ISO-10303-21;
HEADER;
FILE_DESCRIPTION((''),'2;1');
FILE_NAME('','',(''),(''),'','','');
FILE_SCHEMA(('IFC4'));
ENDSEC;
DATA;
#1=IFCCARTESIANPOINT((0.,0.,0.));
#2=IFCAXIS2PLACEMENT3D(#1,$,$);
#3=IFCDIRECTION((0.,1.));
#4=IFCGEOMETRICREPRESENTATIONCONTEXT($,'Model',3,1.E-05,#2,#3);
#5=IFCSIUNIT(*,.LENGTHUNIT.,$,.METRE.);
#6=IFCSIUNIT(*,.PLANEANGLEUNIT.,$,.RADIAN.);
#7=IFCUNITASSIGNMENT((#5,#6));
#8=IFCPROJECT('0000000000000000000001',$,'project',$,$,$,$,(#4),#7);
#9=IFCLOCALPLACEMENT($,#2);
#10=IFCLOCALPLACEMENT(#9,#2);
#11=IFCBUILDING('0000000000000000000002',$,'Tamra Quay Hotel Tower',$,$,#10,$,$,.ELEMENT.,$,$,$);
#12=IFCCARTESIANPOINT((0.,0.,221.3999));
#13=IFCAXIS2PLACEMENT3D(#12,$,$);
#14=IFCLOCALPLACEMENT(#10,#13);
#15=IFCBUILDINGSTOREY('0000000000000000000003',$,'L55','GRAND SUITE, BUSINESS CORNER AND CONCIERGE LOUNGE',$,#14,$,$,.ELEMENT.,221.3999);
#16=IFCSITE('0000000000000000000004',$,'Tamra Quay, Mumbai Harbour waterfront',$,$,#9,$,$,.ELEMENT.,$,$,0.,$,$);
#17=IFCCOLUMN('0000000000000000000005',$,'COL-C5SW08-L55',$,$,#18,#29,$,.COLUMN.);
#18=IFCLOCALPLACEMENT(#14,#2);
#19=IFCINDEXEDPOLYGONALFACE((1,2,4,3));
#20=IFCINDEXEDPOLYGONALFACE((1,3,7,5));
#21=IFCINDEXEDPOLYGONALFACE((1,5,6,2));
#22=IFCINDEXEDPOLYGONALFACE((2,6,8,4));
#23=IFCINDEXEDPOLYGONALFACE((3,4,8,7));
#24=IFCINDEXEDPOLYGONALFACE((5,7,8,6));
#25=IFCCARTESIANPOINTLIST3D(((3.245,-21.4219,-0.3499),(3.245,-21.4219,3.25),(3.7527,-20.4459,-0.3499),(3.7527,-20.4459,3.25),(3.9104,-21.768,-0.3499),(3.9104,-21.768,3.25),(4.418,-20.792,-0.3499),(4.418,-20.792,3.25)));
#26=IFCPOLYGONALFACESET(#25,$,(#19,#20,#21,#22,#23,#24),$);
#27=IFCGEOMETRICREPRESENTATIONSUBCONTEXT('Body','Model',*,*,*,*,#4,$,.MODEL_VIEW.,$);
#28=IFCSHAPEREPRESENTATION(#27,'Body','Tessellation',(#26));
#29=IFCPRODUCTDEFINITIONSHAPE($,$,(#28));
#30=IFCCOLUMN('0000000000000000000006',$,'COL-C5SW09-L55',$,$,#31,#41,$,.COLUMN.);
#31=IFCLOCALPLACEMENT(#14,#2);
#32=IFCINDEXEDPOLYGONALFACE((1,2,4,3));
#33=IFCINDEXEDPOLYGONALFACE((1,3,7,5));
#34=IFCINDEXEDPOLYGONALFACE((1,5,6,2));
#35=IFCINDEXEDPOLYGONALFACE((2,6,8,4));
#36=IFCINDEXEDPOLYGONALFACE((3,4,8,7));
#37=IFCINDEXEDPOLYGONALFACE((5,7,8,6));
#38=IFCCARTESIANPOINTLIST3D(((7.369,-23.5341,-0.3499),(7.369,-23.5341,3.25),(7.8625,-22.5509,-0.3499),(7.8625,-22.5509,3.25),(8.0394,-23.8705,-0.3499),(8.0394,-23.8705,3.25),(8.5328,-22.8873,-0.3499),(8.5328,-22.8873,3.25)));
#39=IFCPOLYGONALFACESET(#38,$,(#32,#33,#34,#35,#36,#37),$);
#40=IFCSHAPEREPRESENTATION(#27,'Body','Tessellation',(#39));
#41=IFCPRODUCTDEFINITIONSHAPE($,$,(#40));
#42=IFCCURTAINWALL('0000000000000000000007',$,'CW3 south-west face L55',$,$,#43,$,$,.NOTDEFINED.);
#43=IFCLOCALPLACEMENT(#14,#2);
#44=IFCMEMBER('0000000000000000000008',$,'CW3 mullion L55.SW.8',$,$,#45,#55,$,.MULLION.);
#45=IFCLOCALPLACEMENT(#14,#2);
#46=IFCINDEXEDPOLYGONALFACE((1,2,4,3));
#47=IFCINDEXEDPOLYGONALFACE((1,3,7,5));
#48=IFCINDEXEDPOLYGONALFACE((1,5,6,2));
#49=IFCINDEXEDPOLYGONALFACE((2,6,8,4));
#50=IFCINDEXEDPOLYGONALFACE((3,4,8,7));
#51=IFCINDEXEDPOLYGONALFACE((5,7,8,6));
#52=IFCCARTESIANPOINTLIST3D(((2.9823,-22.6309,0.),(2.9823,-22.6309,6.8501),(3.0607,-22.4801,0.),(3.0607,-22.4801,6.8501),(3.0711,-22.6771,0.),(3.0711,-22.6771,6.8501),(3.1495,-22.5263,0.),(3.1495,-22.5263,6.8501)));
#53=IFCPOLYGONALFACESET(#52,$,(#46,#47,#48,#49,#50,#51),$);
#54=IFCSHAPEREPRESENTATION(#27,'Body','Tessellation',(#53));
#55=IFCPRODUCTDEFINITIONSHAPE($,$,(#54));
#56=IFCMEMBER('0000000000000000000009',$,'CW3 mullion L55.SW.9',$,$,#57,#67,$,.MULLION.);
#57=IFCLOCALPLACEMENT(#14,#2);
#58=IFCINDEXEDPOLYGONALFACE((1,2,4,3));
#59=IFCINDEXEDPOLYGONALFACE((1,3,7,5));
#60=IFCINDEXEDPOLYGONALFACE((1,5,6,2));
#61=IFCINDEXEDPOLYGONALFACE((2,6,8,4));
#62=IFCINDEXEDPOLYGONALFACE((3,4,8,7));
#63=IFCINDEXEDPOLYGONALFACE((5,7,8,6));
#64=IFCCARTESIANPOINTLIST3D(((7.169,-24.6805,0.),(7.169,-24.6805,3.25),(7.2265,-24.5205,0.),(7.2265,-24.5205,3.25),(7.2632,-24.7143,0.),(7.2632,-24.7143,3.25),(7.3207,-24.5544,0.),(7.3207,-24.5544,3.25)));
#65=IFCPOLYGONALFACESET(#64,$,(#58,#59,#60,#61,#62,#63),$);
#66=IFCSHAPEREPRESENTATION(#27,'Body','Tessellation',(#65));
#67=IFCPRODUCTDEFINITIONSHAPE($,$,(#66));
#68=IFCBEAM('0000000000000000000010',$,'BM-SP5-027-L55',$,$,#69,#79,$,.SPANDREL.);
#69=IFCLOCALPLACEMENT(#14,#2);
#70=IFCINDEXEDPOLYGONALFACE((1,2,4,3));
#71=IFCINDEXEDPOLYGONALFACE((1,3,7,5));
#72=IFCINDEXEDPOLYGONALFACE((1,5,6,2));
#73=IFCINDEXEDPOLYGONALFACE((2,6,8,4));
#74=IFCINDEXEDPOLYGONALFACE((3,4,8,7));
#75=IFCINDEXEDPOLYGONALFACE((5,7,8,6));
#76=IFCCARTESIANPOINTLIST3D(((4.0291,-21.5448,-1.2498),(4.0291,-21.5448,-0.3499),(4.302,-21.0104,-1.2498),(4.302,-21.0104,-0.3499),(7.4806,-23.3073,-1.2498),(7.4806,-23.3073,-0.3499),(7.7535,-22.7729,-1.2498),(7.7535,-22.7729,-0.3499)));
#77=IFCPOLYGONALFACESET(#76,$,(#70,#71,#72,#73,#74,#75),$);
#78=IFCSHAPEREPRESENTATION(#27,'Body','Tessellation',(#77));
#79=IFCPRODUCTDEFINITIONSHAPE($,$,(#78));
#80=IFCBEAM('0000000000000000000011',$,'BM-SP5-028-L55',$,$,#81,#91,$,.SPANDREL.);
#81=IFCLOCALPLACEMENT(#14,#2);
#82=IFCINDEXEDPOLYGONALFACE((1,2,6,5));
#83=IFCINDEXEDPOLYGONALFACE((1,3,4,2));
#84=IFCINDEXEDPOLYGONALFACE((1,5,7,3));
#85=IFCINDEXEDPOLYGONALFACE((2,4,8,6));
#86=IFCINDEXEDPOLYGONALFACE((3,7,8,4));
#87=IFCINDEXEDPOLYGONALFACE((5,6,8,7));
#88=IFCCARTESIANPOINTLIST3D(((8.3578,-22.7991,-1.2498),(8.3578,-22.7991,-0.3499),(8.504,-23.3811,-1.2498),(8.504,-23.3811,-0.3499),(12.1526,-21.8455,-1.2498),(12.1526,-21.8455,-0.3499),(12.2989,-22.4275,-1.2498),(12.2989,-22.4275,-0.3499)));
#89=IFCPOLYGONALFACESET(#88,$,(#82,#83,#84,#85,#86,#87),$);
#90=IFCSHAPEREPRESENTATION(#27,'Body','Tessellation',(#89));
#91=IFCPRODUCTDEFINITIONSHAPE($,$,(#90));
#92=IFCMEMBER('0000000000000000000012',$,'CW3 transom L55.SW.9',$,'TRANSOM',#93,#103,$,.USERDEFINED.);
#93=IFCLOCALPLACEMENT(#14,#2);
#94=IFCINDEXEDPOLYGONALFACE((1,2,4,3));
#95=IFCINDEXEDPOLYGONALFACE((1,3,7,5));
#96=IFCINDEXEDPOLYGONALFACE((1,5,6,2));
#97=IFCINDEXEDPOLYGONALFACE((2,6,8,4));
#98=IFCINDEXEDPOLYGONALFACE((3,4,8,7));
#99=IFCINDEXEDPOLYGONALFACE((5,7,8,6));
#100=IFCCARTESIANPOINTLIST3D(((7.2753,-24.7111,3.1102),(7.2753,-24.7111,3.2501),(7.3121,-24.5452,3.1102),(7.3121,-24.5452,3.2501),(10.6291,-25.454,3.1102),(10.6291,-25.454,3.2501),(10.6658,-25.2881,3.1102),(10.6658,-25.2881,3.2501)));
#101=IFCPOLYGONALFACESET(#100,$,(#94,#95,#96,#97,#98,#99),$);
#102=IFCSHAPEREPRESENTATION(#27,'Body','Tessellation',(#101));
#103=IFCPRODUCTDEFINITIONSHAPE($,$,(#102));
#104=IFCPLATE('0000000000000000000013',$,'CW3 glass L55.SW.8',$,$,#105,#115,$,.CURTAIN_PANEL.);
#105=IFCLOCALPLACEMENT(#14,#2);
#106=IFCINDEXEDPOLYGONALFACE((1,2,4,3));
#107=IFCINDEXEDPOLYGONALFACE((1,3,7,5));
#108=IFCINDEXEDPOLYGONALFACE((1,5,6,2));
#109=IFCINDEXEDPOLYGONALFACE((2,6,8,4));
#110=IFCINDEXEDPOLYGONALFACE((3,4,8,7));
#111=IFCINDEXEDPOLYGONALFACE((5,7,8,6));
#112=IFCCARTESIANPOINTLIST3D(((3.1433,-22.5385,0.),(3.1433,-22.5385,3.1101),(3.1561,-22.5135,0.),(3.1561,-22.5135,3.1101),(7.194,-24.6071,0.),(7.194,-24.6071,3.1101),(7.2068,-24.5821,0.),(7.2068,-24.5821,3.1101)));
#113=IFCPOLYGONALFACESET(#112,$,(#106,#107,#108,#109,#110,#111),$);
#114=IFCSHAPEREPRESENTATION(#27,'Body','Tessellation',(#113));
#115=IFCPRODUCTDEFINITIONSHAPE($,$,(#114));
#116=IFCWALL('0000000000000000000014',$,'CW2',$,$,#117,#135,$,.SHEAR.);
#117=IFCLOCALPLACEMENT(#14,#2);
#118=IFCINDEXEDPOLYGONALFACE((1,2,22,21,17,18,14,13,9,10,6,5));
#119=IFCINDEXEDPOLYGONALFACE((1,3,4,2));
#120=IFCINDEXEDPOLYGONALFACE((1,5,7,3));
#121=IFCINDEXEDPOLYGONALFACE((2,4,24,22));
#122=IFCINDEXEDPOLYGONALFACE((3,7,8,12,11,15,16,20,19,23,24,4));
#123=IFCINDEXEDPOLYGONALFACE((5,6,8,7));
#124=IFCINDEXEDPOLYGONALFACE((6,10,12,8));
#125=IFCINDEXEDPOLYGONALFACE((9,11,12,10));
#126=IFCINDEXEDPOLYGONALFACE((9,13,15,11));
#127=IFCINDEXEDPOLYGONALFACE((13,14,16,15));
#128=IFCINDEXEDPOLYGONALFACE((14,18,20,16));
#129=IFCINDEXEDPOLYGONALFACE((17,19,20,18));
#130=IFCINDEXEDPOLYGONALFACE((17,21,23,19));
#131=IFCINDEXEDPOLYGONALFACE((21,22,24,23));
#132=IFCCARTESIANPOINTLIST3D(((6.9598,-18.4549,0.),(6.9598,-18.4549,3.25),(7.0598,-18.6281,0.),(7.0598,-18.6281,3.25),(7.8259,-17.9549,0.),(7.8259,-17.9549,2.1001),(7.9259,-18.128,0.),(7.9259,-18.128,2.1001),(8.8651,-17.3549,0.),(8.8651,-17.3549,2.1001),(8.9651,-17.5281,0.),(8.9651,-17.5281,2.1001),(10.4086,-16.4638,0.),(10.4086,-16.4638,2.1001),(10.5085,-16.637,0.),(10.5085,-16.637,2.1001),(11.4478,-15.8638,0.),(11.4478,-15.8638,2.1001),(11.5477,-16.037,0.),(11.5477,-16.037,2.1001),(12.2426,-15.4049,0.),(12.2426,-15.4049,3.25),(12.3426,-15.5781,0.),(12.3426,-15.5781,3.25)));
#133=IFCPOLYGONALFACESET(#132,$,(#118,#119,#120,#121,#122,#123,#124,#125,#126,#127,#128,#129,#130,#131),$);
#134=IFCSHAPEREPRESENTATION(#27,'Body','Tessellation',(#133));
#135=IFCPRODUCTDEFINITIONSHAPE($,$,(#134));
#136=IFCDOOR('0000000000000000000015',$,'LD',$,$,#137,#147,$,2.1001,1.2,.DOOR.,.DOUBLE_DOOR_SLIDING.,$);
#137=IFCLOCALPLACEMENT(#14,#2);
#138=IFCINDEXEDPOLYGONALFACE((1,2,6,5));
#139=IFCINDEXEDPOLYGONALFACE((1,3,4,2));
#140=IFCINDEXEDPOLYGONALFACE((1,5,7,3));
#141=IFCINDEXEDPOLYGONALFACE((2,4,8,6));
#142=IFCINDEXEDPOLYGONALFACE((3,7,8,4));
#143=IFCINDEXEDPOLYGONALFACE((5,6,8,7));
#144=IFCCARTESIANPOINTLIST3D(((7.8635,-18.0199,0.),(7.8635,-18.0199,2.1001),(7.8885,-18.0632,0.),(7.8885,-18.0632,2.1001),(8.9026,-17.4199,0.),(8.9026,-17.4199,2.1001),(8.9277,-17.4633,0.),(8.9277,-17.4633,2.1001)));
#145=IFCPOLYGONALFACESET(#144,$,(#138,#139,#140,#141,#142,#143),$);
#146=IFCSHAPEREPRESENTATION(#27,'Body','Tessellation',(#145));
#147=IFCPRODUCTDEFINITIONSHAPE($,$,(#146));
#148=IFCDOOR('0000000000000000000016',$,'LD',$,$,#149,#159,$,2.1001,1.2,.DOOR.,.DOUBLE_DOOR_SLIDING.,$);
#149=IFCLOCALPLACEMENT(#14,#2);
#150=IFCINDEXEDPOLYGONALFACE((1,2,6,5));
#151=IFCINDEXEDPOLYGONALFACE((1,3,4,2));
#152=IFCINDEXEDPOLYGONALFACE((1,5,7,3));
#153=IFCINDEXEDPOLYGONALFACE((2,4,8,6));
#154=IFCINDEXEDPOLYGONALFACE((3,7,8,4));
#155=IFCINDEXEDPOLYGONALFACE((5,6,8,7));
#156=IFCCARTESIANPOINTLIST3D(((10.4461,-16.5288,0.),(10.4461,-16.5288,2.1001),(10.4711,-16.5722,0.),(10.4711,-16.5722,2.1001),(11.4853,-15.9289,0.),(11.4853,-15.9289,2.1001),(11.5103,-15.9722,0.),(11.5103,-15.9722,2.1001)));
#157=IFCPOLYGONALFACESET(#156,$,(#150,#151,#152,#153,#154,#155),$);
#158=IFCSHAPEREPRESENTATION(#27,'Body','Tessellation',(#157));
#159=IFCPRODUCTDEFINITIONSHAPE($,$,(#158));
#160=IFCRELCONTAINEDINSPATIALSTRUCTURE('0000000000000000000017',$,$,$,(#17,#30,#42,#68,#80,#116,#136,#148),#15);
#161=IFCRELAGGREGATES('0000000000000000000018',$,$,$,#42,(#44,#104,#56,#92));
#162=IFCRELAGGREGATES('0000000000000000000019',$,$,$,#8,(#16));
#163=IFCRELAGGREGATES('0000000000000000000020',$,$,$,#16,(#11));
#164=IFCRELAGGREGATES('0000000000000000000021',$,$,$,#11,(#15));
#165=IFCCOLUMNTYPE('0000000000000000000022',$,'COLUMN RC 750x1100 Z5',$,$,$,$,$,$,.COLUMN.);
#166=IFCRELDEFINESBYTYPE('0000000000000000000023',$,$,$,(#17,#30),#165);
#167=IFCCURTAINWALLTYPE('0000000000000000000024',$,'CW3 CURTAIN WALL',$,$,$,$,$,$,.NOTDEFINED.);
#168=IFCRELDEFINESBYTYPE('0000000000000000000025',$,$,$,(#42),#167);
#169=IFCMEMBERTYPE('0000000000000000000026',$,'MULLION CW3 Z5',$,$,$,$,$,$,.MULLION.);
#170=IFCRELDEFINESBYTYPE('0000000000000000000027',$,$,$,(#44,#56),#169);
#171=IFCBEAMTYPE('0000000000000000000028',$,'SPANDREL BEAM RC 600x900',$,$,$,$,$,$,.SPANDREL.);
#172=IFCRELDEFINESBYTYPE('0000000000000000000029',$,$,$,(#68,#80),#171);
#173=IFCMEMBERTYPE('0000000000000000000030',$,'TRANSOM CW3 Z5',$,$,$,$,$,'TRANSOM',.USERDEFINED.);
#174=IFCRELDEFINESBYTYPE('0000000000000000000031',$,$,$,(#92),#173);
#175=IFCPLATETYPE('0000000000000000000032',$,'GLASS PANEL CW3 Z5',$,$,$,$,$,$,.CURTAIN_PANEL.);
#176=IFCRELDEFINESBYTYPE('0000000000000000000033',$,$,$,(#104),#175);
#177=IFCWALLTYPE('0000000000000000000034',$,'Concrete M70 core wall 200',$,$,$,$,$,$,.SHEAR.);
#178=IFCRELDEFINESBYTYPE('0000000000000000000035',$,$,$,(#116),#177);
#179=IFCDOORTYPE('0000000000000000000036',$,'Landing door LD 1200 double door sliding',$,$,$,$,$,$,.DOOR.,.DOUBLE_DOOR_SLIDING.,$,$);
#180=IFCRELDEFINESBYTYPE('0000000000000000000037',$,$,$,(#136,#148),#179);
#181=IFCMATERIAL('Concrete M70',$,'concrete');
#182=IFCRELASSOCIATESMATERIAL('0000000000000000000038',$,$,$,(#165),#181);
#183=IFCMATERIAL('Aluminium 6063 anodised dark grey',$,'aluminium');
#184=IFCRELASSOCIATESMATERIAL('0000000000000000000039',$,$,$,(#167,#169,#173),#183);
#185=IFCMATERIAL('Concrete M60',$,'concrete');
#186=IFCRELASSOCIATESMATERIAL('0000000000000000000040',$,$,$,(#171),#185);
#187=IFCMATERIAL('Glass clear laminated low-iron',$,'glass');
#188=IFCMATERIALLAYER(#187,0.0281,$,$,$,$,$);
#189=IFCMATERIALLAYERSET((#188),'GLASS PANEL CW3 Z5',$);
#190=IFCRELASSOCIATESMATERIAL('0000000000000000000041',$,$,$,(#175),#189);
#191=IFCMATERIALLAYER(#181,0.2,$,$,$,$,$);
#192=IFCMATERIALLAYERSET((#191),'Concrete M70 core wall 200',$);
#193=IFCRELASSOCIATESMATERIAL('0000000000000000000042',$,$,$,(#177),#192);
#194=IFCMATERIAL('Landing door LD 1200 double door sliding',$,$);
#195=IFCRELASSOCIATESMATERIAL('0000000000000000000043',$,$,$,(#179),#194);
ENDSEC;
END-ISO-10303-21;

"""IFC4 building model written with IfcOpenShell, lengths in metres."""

from ifc_helpers import new_model, si_unit, direction, frame, frame_2d, origin, origin_2d, place, context, subcontext, project, spatial, rectangle, extrude, material, layer, layer_set, material_profile, profile_set, type_object, element, fill, aggregate, save


model = new_model("IFC4")

# Units and contexts
model_context = context("Model", 3, precision=1e-05, world=origin(), true_north=direction((0.0, 1.0)))
body_context = subcontext(model_context, "Body", "Model", "MODEL_VIEW")
ifc_project = project(units=[si_unit("LENGTHUNIT", "METRE"), si_unit("PLANEANGLEUNIT", "RADIAN")], contexts=[model_context])

# Site, building, storey
site_placement = place(None, origin())
site = spatial("IfcSite", under=ifc_project, at=site_placement, Name="Tamra Quay, Mumbai Harbour waterfront", CompositionType="ELEMENT", RefElevation=0.0)
building_placement = place(site_placement, origin())
building = spatial("IfcBuilding", under=site, at=building_placement, Name="Tamra Quay Hotel Tower", CompositionType="ELEMENT")
storey_placement = place(building_placement, frame((0.0, 0.0, 221.3999)))
storey = spatial("IfcBuildingStorey", under=building, at=storey_placement, Name="L55", Description="GRAND SUITE, BUSINESS CORNER AND CONCIERGE LOUNGE", CompositionType="ELEMENT", Elevation=221.3999)

# Columns
ifc_material_1 = material(Name="Concrete M70", Category="concrete")
ifc_material_profile_1 = material_profile(ifc_material_1, rectangle(XDim=1.1001, YDim=0.75, at=origin_2d()), Name="COLUMN RC 750x1100 Z5")
ifc_profile_set_1 = profile_set([ifc_material_profile_1], Name="Concrete M70")
column_type = type_object("IfcColumnType", Name="COLUMN RC 750x1100 Z5", PredefinedType="COLUMN", material=ifc_profile_set_1)
for number, where, z_axis, x_axis, name in (
    (1, (3.8315, -21.1069, -0.3499), (0.0, 0.0, 1.0), (0.461448, 0.887167, 0.0), "COL-C5SW08-L55"),
    (2, (7.9509, -23.2107, -0.3499), (0.0, 0.0, 1.0), (0.448553, 0.893756, 0.0), "COL-C5SW09-L55"),
):
    element("IfcColumn", number, at=place(storey_placement, frame(where, z_axis=z_axis, x_axis=x_axis)), inside=storey, type_object=column_type, Name=name, PredefinedType="COLUMN", context=body_context, shape_type="SweptSolid", body=[
        extrude(rectangle(XDim=1.1001, YDim=0.75, at=origin_2d()), origin(), (0.0, 0.0, 1.0), 3.5999),
    ])

# Curtain wall, members
ifc_material_2 = material(Name="Aluminium 6063 anodised dark grey", Category="aluminium")
curtain_wall_type = type_object("IfcCurtainWallType", Name="CW3 CURTAIN WALL", PredefinedType="NOTDEFINED", material=ifc_material_2)
curtain_wall_placement = place(storey_placement, origin())
curtain_wall = element("IfcCurtainWall", 3, at=curtain_wall_placement, inside=storey, type_object=curtain_wall_type, Name="CW3 south-west face L55", PredefinedType="NOTDEFINED")
ifc_material_profile_2 = material_profile(ifc_material_2, rectangle(XDim=0.1699, YDim=0.1001, at=origin_2d()), Name="MULLION 100X170")
ifc_profile_set_2 = profile_set([ifc_material_profile_2], Name="Aluminium 6063 anodised dark grey")
member_type_1 = type_object("IfcMemberType", Name="MULLION CW3 Z5", PredefinedType="MULLION", material=ifc_profile_set_2)
member_1_placement = place(storey_placement, frame((3.0659, -22.5786, 0.0), z_axis=(0.0, 0.0, 1.0), x_axis=(-0.461344, -0.887221, 0.0)))
member_1 = element("IfcMember", 4, at=member_1_placement, type_object=member_type_1, Name="CW3 mullion L55.SW.8", PredefinedType="MULLION", context=body_context, shape_type="SweptSolid", body=[
    extrude(rectangle(XDim=0.1699, YDim=0.1001, at=origin_2d()), origin(), (0.0, 0.0, 1.0), 6.8501),
])
member_2_placement = place(storey_placement, frame((7.2449, -24.6174, 0.0), z_axis=(0.0, 0.0, 1.0), x_axis=(-0.338259, -0.941053, 0.0)))
member_2 = element("IfcMember", 5, at=member_2_placement, type_object=member_type_1, Name="CW3 mullion L55.SW.9", PredefinedType="MULLION", context=body_context, shape_type="SweptSolid", body=[
    extrude(rectangle(XDim=0.1699, YDim=0.1001, at=origin_2d()), origin(), (0.0, 0.0, 1.0), 3.25),
])

# Beams
ifc_material_3 = material(Name="Concrete M60", Category="concrete")
ifc_material_profile_3 = material_profile(ifc_material_3, rectangle(XDim=0.6001, YDim=0.8999, at=origin_2d()), Name="SPANDREL BEAM RC 600x900")
ifc_profile_set_3 = profile_set([ifc_material_profile_3], Name="Concrete M60")
beam_type = type_object("IfcBeamType", Name="SPANDREL BEAM RC 600x900", PredefinedType="SPANDREL", material=ifc_profile_set_3)
beam_1_placement = place(storey_placement, frame((4.1655, -21.2776, -0.7998), z_axis=(0.890603, -0.454782, 0.0), x_axis=(0.454782, 0.890603, 0.0)))
element("IfcBeam", 6, at=beam_1_placement, inside=storey, type_object=beam_type, Name="BM-SP5-027-L55", PredefinedType="SPANDREL", context=body_context, shape_type="SweptSolid", body=[
    extrude(rectangle(XDim=0.6001, YDim=0.8999, at=origin_2d()), origin(), (0.0, 0.0, 1.0), 3.8755),
])
beam_2_placement = place(storey_placement, frame((8.4309, -23.0901, -0.7998), z_axis=(0.969848, 0.24371, 0.0), x_axis=(-0.24371, 0.969848, 0.0)))
element("IfcBeam", 7, at=beam_2_placement, inside=storey, type_object=beam_type, Name="BM-SP5-028-L55", PredefinedType="SPANDREL", context=body_context, shape_type="SweptSolid", body=[
    extrude(rectangle(XDim=0.6001, YDim=0.8999, at=origin_2d()), origin(), (0.0, 0.0, 1.0), 3.9128),
])

# Member
ifc_material_profile_4 = material_profile(ifc_material_2, rectangle(XDim=0.1699, YDim=0.1399, at=origin_2d()), Name="TRANSOM 170X140")
ifc_profile_set_4 = profile_set([ifc_material_profile_4], Name="Aluminium 6063 anodised dark grey")
member_type_2 = type_object("IfcMemberType", Name="TRANSOM CW3 Z5", ElementType="TRANSOM", PredefinedType="USERDEFINED", material=ifc_profile_set_4)
member_3_placement = place(storey_placement, frame((7.2937, -24.6282, 3.1802), z_axis=(0.976332, -0.216276, 0.0), x_axis=(0.216276, 0.976332, 0.0)))
member_3 = element("IfcMember", 8, at=member_3_placement, type_object=member_type_2, Name="CW3 transom L55.SW.9", ObjectType="TRANSOM", PredefinedType="USERDEFINED", context=body_context, shape_type="SweptSolid", body=[
    extrude(rectangle(XDim=0.1699, YDim=0.1399, at=origin_2d()), origin(), (0.0, 0.0, 1.0), 3.4351),
])

# Plate
ifc_material_4 = material(Name="Glass clear laminated low-iron", Category="glass")
ifc_layer_1 = layer(ifc_material_4, 0.0281)
ifc_layer_set_1 = layer_set([ifc_layer_1], Name="GLASS PANEL CW3 Z5")
plate_type = type_object("IfcPlateType", Name="GLASS PANEL CW3 Z5", PredefinedType="CURTAIN_PANEL", material=ifc_layer_set_1)
plate_placement = place(storey_placement, frame((5.175, -23.5603, 0.0), z_axis=(0.0, 0.0, 1.0), x_axis=(0.890582, -0.454822, 0.0)))
plate = element("IfcPlate", 9, at=plate_placement, type_object=plate_type, Name="CW3 glass L55.SW.8", PredefinedType="CURTAIN_PANEL", context=body_context, shape_type="SweptSolid", body=[
    extrude(rectangle(XDim=4.5483, YDim=0.0281, at=origin_2d()), origin(), (0.0, 0.0, 1.0), 3.1101),
])
aggregate(curtain_wall, [member_1, plate, member_2, member_3])

# Wall, openings, doors
ifc_layer_2 = layer(ifc_material_1, 0.2)
ifc_layer_set_2 = layer_set([ifc_layer_2], Name="Concrete M70 core wall 200")
wall_type_1 = type_object("IfcWallType", Name="Concrete M70 core wall 200", PredefinedType="SHEAR", material=ifc_layer_set_2)
wall_1_placement = place(storey_placement, frame((7.0098, -18.5415, 0.0), z_axis=(0.0, 0.0, 1.0), x_axis=(0.86603, 0.499992, 0.0)))
wall_1 = element("IfcWall", 10, at=wall_1_placement, inside=storey, type_object=wall_type_1, Name="CW2", PredefinedType="SHEAR", context=body_context, shape_type="SweptSolid", body=[
    extrude(rectangle(XDim=6.1001, YDim=0.2, at=frame_2d((3.05, 0.0))), origin(), (0.0, 0.0, 1.0), 3.25),
])
opening_1_placement = place(wall_1_placement, frame((1.0, 0.0, 0.0)))
opening_1 = element("IfcOpeningElement", 11, at=opening_1_placement, cuts=wall_1, PredefinedType="OPENING", context=body_context, shape_type="SweptSolid", body=[
    extrude(rectangle(XDim=1.2, YDim=2.1001, at=frame_2d((0.6001, 1.05))), frame((0.0, 0.1099, 0.0), z_axis=(0.0, -1.0, 0.0), x_axis=(1.0, 0.0, 0.0)), (0.0, 0.0, 1.0), 0.22),
])
opening_2_placement = place(wall_1_placement, frame((3.9822, 0.0, 0.0)))
opening_2 = element("IfcOpeningElement", 12, at=opening_2_placement, cuts=wall_1, PredefinedType="OPENING", context=body_context, shape_type="SweptSolid", body=[
    extrude(rectangle(XDim=1.2, YDim=2.1001, at=frame_2d((0.6001, 1.05))), frame((0.0, 0.1099, 0.0), z_axis=(0.0, -1.0, 0.0), x_axis=(1.0, 0.0, 0.0)), (0.0, 0.0, 1.0), 0.22),
])
ifc_material_5 = material(Name="Landing door LD 1200 double door sliding")
door_type_1 = type_object("IfcDoorType", Name="Landing door LD 1200 double door sliding", OperationType="DOUBLE_DOOR_SLIDING", PredefinedType="DOOR", material=ifc_material_5)
door_1_placement = place(opening_1_placement, origin())
door_1 = element("IfcDoor", 13, at=door_1_placement, inside=storey, type_object=door_type_1, Name="LD", OperationType="DOUBLE_DOOR_SLIDING", OverallHeight=2.1001, OverallWidth=1.2, PredefinedType="DOOR", context=body_context, shape_type="SweptSolid", body=[
    extrude(rectangle(XDim=1.2, YDim=2.1001, at=frame_2d((0.6001, 1.05))), frame((0.0, 0.0249, 0.0), z_axis=(0.0, -1.0, 0.0), x_axis=(1.0, 0.0, 0.0)), (0.0, 0.0, 1.0), 0.05),
])
fill(opening_1, door_1)
door_2_placement = place(opening_2_placement, origin())
door_2 = element("IfcDoor", 14, at=door_2_placement, inside=storey, type_object=door_type_1, Name="LD", OperationType="DOUBLE_DOOR_SLIDING", OverallHeight=2.1001, OverallWidth=1.2, PredefinedType="DOOR", context=body_context, shape_type="SweptSolid", body=[
    extrude(rectangle(XDim=1.2, YDim=2.1001, at=frame_2d((0.6001, 1.05))), frame((0.0, 0.0249, 0.0), z_axis=(0.0, -1.0, 0.0), x_axis=(1.0, 0.0, 0.0)), (0.0, 0.0, 1.0), 0.05),
])
fill(opening_2, door_2)

save(model, "model.ifc")
